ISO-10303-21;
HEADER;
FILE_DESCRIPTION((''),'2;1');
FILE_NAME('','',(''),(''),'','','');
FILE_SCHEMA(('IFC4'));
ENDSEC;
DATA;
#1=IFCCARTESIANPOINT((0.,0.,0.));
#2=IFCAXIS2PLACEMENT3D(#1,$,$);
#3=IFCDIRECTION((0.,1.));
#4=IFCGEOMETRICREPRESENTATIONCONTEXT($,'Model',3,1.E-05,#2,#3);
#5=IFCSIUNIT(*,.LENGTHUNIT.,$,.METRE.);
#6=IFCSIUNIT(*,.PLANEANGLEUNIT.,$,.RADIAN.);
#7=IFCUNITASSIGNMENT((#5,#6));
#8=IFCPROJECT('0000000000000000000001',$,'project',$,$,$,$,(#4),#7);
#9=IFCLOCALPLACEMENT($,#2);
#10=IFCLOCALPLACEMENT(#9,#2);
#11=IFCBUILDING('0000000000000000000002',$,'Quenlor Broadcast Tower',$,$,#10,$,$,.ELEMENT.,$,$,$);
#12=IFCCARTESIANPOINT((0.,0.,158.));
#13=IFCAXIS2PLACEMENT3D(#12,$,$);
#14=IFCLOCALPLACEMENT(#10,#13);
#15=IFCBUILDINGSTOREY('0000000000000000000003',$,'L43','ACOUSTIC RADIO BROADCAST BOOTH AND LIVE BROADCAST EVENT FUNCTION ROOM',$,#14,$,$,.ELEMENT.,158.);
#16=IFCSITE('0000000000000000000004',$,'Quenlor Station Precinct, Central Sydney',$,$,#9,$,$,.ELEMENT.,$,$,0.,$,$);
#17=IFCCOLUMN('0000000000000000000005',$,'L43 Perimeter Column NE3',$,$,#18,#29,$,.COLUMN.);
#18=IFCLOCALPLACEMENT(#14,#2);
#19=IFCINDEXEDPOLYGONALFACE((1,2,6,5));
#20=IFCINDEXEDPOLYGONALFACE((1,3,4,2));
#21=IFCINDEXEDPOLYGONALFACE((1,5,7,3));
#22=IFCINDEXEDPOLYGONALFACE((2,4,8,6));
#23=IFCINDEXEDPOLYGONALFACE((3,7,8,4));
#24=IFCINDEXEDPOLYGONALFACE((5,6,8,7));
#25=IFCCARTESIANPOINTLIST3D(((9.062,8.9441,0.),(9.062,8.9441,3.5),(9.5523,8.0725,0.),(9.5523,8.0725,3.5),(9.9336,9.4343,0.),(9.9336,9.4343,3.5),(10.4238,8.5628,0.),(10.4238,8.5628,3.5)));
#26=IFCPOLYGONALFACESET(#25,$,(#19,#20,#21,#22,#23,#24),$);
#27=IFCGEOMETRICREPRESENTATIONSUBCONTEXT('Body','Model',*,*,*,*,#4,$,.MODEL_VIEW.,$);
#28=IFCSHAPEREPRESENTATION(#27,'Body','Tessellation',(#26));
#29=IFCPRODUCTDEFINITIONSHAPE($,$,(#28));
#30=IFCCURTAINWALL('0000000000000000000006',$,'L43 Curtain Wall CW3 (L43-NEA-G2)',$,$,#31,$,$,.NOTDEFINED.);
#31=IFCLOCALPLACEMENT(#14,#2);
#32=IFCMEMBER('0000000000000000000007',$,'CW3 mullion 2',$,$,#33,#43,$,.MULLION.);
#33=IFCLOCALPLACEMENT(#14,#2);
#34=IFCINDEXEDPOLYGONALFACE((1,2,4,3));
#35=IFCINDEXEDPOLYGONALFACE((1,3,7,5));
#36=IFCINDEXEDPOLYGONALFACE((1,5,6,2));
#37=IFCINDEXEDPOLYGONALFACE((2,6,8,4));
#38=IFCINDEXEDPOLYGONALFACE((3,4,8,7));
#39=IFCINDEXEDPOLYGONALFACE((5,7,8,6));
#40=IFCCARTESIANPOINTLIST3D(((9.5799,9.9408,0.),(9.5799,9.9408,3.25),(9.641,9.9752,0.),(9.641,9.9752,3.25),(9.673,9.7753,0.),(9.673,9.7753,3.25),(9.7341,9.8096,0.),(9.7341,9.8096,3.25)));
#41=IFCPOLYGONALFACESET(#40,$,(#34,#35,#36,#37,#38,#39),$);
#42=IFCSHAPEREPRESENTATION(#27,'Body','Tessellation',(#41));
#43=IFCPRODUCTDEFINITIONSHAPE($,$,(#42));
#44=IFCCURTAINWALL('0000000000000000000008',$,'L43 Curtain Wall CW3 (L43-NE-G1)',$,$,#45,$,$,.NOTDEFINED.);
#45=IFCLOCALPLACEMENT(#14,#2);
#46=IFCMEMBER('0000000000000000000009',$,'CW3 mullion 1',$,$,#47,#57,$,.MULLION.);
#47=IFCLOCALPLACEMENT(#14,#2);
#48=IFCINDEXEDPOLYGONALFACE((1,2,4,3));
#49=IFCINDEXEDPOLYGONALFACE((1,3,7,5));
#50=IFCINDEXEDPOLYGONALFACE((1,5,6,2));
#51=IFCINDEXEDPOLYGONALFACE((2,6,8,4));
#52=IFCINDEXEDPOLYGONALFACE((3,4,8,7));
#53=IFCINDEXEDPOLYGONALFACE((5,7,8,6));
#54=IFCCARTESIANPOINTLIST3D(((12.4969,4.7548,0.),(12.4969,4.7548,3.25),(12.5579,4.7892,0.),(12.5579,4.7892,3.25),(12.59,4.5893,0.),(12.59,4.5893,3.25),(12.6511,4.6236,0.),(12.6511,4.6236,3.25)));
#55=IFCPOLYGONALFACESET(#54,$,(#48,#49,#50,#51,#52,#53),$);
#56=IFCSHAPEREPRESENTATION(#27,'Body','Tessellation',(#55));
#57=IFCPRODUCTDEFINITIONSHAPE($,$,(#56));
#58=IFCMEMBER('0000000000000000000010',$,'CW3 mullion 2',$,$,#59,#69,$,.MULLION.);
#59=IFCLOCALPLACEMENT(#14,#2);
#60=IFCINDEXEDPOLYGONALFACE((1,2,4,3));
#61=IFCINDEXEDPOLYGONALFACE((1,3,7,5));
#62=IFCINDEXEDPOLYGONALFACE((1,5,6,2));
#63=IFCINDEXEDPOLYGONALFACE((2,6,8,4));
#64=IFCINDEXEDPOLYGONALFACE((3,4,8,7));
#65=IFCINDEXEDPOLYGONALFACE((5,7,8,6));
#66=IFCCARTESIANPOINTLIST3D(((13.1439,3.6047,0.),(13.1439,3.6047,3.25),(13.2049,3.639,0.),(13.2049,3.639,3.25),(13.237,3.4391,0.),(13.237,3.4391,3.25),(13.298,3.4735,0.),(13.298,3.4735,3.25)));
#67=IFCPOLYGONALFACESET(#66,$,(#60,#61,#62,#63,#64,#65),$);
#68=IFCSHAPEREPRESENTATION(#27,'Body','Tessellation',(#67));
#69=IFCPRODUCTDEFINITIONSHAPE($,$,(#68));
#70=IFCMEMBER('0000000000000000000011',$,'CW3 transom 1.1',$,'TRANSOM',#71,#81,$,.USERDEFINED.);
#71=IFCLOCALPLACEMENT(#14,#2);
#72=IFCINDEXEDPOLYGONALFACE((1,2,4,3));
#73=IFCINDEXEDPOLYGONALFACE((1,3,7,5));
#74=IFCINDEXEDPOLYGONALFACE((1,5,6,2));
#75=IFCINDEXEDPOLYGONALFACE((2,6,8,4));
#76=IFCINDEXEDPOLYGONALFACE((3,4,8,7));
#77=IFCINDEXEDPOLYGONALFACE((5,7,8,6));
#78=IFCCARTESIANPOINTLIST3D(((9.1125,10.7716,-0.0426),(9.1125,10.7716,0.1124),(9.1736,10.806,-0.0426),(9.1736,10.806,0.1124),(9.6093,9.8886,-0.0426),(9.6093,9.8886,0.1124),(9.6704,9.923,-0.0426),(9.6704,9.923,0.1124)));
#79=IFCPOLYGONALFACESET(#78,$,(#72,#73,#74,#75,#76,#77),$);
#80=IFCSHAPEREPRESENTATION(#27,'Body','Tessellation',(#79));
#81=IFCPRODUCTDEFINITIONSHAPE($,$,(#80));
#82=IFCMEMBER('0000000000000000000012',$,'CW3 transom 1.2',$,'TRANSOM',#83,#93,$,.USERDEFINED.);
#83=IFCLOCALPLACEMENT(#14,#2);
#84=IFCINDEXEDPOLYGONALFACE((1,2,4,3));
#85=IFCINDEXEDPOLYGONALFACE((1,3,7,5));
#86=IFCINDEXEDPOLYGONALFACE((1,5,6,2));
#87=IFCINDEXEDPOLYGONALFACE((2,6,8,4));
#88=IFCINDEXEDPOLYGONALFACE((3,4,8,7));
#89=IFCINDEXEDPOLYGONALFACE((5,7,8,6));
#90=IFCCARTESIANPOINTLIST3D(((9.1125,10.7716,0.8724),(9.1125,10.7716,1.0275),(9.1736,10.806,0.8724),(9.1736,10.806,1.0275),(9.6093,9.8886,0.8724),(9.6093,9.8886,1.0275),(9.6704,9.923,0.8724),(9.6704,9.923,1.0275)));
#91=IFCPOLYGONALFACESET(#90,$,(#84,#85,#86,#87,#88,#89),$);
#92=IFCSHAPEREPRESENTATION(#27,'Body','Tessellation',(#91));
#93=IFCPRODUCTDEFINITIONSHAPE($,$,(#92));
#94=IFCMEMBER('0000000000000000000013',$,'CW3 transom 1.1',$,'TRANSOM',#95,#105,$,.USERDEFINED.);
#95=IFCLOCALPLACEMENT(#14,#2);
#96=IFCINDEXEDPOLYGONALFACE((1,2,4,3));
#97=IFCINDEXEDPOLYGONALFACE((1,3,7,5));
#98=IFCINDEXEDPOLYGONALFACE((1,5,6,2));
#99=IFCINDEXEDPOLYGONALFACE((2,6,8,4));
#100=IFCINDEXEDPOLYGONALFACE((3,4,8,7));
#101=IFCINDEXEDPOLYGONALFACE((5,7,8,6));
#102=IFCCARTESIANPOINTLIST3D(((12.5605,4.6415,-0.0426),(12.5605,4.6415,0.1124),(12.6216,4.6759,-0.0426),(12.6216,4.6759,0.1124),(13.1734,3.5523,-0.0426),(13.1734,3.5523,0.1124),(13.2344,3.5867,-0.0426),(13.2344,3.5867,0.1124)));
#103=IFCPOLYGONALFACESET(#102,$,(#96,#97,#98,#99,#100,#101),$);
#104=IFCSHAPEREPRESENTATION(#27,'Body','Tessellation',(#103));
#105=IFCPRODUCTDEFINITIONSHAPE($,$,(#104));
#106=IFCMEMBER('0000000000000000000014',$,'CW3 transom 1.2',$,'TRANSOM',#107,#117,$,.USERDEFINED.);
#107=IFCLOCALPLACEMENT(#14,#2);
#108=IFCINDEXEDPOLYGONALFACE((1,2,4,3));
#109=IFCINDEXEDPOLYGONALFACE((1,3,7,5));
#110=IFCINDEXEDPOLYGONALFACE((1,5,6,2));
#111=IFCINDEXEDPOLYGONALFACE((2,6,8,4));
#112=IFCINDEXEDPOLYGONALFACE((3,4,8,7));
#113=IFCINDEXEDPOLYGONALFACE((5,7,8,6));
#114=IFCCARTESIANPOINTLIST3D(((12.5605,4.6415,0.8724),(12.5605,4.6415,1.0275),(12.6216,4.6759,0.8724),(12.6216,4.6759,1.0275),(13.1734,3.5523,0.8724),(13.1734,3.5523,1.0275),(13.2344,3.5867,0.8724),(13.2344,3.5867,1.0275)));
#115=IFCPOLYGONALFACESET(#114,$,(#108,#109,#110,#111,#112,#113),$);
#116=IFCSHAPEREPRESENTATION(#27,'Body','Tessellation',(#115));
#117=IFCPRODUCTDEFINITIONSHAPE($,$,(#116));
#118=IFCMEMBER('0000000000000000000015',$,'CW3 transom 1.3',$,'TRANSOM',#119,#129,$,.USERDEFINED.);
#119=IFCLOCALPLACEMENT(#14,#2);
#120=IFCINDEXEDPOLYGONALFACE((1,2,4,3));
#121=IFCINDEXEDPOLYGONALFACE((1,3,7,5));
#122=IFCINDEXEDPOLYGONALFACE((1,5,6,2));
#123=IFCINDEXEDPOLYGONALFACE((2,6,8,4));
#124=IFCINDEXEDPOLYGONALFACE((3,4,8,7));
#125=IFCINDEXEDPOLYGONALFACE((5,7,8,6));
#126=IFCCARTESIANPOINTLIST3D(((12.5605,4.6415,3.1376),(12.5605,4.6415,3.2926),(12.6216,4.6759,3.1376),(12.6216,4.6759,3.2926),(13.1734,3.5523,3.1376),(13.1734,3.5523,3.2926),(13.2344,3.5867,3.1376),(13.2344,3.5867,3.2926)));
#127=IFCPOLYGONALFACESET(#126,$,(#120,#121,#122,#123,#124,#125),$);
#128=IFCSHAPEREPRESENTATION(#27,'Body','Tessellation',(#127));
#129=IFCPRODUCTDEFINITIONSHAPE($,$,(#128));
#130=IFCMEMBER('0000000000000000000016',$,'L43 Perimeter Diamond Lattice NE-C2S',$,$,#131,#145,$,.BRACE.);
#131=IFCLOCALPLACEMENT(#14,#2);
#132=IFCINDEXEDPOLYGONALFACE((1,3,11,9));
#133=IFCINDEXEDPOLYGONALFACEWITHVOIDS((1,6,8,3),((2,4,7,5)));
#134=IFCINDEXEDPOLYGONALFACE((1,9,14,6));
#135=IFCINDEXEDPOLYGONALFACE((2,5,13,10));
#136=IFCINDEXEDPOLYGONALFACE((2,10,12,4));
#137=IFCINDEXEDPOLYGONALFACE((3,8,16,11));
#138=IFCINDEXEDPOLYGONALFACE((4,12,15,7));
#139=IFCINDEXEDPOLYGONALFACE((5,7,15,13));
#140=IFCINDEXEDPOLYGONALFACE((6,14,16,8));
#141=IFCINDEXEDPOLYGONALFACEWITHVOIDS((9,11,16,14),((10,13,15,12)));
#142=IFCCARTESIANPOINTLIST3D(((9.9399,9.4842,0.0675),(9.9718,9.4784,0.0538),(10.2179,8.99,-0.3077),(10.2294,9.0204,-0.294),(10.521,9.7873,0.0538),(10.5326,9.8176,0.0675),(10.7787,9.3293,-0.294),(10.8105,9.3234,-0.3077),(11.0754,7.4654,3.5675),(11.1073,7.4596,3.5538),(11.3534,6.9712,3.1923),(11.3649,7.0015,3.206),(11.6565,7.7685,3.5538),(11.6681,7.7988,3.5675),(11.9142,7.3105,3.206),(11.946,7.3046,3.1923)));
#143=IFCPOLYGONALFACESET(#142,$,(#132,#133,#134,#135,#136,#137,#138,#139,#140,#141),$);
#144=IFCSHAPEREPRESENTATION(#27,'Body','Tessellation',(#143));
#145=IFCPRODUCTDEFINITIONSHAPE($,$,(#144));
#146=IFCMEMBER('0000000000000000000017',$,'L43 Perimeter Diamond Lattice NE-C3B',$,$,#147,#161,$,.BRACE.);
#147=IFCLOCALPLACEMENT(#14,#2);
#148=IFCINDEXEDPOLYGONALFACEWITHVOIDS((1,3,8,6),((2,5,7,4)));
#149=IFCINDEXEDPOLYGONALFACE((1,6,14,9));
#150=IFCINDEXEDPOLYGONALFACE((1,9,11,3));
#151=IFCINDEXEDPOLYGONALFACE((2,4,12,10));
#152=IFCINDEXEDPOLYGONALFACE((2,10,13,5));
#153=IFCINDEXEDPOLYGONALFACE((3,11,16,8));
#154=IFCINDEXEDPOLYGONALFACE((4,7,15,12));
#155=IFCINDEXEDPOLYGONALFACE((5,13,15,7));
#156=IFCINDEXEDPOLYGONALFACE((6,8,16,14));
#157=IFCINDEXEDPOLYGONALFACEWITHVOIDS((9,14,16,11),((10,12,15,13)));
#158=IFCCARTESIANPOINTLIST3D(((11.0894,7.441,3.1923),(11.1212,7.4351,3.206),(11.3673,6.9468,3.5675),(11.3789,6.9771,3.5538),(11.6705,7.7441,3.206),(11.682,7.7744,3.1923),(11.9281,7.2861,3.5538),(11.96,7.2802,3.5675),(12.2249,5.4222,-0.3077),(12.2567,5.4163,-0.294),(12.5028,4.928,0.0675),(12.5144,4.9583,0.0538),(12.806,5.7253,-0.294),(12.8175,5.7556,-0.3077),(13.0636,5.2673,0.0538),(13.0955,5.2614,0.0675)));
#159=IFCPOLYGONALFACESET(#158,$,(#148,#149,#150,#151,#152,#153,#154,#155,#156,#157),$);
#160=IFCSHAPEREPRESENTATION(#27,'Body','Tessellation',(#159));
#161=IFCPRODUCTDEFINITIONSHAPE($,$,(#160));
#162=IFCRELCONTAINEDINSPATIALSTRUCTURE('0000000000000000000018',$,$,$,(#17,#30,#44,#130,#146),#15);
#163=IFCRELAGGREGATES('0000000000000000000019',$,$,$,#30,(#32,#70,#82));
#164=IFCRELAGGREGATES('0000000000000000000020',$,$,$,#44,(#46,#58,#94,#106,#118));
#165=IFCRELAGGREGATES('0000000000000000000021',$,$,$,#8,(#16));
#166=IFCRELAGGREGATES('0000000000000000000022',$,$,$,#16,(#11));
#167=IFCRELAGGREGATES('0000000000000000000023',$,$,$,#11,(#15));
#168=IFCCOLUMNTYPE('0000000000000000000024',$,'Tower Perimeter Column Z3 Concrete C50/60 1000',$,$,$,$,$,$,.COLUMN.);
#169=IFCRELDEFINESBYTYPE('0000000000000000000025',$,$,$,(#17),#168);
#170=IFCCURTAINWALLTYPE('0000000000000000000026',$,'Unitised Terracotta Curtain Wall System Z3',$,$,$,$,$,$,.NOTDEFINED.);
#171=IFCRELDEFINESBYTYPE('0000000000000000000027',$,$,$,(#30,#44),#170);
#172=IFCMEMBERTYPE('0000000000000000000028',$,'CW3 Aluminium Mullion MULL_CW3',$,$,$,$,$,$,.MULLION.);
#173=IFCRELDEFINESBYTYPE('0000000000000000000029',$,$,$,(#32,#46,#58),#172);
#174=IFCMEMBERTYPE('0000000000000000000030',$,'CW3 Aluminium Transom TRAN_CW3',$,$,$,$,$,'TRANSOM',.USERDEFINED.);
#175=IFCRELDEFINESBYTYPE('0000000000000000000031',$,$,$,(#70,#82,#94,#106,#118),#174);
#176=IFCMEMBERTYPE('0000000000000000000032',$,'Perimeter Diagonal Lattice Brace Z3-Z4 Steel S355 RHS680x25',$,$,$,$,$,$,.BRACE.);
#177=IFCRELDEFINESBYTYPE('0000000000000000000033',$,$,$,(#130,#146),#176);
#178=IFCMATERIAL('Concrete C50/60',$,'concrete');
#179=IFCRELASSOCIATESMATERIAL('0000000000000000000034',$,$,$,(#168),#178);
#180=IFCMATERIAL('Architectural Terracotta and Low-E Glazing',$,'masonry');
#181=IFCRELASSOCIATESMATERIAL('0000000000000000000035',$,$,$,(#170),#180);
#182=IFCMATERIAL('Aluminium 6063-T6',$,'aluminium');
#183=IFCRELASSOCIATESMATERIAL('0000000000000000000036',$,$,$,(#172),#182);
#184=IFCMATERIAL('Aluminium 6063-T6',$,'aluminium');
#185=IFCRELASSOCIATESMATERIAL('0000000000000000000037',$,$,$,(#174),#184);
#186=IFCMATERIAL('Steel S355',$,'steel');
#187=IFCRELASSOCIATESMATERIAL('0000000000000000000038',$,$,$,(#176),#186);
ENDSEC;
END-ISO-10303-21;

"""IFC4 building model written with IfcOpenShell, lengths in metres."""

from ifc_helpers import new_model, si_unit, direction, frame, origin, origin_2d, place, context, subcontext, project, spatial, rectangle, hollow_rectangle, extrude, material, material_profile, profile_set, type_object, element, aggregate, save


model = new_model("IFC4")

# Units and contexts
model_context = context("Model", 3, precision=1e-05, world=origin(), true_north=direction((0.0, 1.0)))
body_context = subcontext(model_context, "Body", "Model", "MODEL_VIEW")
ifc_project = project(units=[si_unit("LENGTHUNIT", "METRE"), si_unit("PLANEANGLEUNIT", "RADIAN")], contexts=[model_context])

# Site, building, storey
site_placement = place(None, origin())
site = spatial("IfcSite", under=ifc_project, at=site_placement, Name="Quenlor Station Precinct, Central Sydney", CompositionType="ELEMENT", RefElevation=0.0)
building_placement = place(site_placement, origin())
building = spatial("IfcBuilding", under=site, at=building_placement, Name="Quenlor Broadcast Tower", CompositionType="ELEMENT")
storey_placement = place(building_placement, frame((0.0, 0.0, 158.0)))
storey = spatial("IfcBuildingStorey", under=building, at=storey_placement, Name="L43", Description="ACOUSTIC RADIO BROADCAST BOOTH AND LIVE BROADCAST EVENT FUNCTION ROOM", CompositionType="ELEMENT", Elevation=158.0)

# Column
ifc_material_1 = material(Name="Concrete C50/60", Category="concrete")
ifc_material_profile_1 = material_profile(ifc_material_1, rectangle(XDim=1.0, YDim=1.0, at=origin_2d()))
ifc_profile_set_1 = profile_set([ifc_material_profile_1], Name="Concrete C50/60 RC1000x1000")
column_type = type_object("IfcColumnType", Name="Tower Perimeter Column Z3 Concrete C50/60 1000", PredefinedType="COLUMN", material=ifc_profile_set_1)
column_placement = place(storey_placement, frame((9.7429, 8.7534, 0.0), z_axis=(0.0, 0.0, 1.0), x_axis=(0.871575, 0.490262, 0.0)))
element("IfcColumn", 1, at=column_placement, inside=storey, type_object=column_type, Name="L43 Perimeter Column NE3", PredefinedType="COLUMN", context=body_context, shape_type="SweptSolid", body=[
    extrude(rectangle(XDim=1.0, YDim=1.0, at=origin_2d()), origin(), (0.0, 0.0, 1.0), 3.5),
])

# Curtain wall, member
ifc_material_2 = material(Name="Architectural Terracotta and Low-E Glazing", Category="masonry")
curtain_wall_type = type_object("IfcCurtainWallType", Name="Unitised Terracotta Curtain Wall System Z3", PredefinedType="NOTDEFINED", material=ifc_material_2)
curtain_wall_1_placement = place(storey_placement, origin())
curtain_wall_1 = element("IfcCurtainWall", 2, at=curtain_wall_1_placement, inside=storey, type_object=curtain_wall_type, Name="L43 Curtain Wall CW3 (L43-NEA-G2)", PredefinedType="NOTDEFINED")
ifc_material_3 = material(Name="Aluminium 6063-T6", Category="aluminium")
ifc_material_profile_2 = material_profile(ifc_material_3, rectangle(XDim=0.0701, YDim=0.1899, at=origin_2d()))
ifc_profile_set_2 = profile_set([ifc_material_profile_2], Name="Aluminium 6063-T6 MULL70x190")
member_type_1 = type_object("IfcMemberType", Name="CW3 Aluminium Mullion MULL_CW3", PredefinedType="MULLION", material=ifc_profile_set_2)
member_1_placement = place(storey_placement, frame((9.657, 9.8752, 0.0), z_axis=(0.0, 0.0, 1.0), x_axis=(0.871601, 0.490216, 0.0)))
member_1 = element("IfcMember", 3, at=member_1_placement, type_object=member_type_1, Name="CW3 mullion 2", PredefinedType="MULLION", context=body_context, shape_type="SweptSolid", body=[
    extrude(rectangle(XDim=0.0701, YDim=0.1899, at=origin_2d()), origin(), (0.0, 0.0, 1.0), 3.25),
])

# Curtain wall, members
curtain_wall_2_placement = place(storey_placement, origin())
curtain_wall_2 = element("IfcCurtainWall", 4, at=curtain_wall_2_placement, inside=storey, type_object=curtain_wall_type, Name="L43 Curtain Wall CW3 (L43-NE-G1)", PredefinedType="NOTDEFINED")
member_2_placement = place(storey_placement, frame((12.574, 4.6892, 0.0), z_axis=(0.0, 0.0, 1.0), x_axis=(0.871562, 0.490285, 0.0)))
member_2 = element("IfcMember", 5, at=member_2_placement, type_object=member_type_1, Name="CW3 mullion 1", PredefinedType="MULLION", context=body_context, shape_type="SweptSolid", body=[
    extrude(rectangle(XDim=0.0701, YDim=0.1899, at=origin_2d()), origin(), (0.0, 0.0, 1.0), 3.25),
])
member_3_placement = place(storey_placement, frame((13.2209, 3.5391, 0.0), z_axis=(0.0, 0.0, 1.0), x_axis=(0.871562, 0.490285, 0.0)))
member_3 = element("IfcMember", 6, at=member_3_placement, type_object=member_type_1, Name="CW3 mullion 2", PredefinedType="MULLION", context=body_context, shape_type="SweptSolid", body=[
    extrude(rectangle(XDim=0.0701, YDim=0.1899, at=origin_2d()), origin(), (0.0, 0.0, 1.0), 3.25),
])

# Members
ifc_material_4 = material(Name="Aluminium 6063-T6", Category="aluminium")
ifc_material_profile_3 = material_profile(ifc_material_4, rectangle(XDim=0.0701, YDim=0.155, at=origin_2d()))
ifc_profile_set_3 = profile_set([ifc_material_profile_3], Name="Aluminium 6063-T6 TRAN70x155")
member_type_2 = type_object("IfcMemberType", Name="CW3 Aluminium Transom TRAN_CW3", ElementType="TRANSOM", PredefinedType="USERDEFINED", material=ifc_profile_set_3)
member_4_placement = place(storey_placement, frame((9.1431, 10.7888, 0.0349), z_axis=(0.490341, -0.87153, 0.0), x_axis=(0.87153, 0.490341, 0.0)))
member_4 = element("IfcMember", 7, at=member_4_placement, type_object=member_type_2, Name="CW3 transom 1.1", ObjectType="TRANSOM", PredefinedType="USERDEFINED", context=body_context, shape_type="SweptSolid", body=[
    extrude(rectangle(XDim=0.0701, YDim=0.155, at=origin_2d()), origin(), (0.0, 0.0, 1.0), 1.0132),
])
member_5_placement = place(storey_placement, frame((9.1431, 10.7888, 0.95), z_axis=(0.490341, -0.87153, 0.0), x_axis=(0.87153, 0.490341, 0.0)))
member_5 = element("IfcMember", 8, at=member_5_placement, type_object=member_type_2, Name="CW3 transom 1.2", ObjectType="TRANSOM", PredefinedType="USERDEFINED", context=body_context, shape_type="SweptSolid", body=[
    extrude(rectangle(XDim=0.0701, YDim=0.155, at=origin_2d()), origin(), (0.0, 0.0, 1.0), 1.0132),
])
member_6_placement = place(storey_placement, frame((12.5911, 4.6587, 0.0349), z_axis=(0.490363, -0.871518, 0.0), x_axis=(0.871518, 0.490363, 0.0)))
member_6 = element("IfcMember", 9, at=member_6_placement, type_object=member_type_2, Name="CW3 transom 1.1", ObjectType="TRANSOM", PredefinedType="USERDEFINED", context=body_context, shape_type="SweptSolid", body=[
    extrude(rectangle(XDim=0.0701, YDim=0.155, at=origin_2d()), origin(), (0.0, 0.0, 1.0), 1.2498),
])
member_7_placement = place(storey_placement, frame((12.5911, 4.6587, 0.95), z_axis=(0.490363, -0.871518, 0.0), x_axis=(0.871518, 0.490363, 0.0)))
member_7 = element("IfcMember", 10, at=member_7_placement, type_object=member_type_2, Name="CW3 transom 1.2", ObjectType="TRANSOM", PredefinedType="USERDEFINED", context=body_context, shape_type="SweptSolid", body=[
    extrude(rectangle(XDim=0.0701, YDim=0.155, at=origin_2d()), origin(), (0.0, 0.0, 1.0), 1.2498),
])
member_8_placement = place(storey_placement, frame((12.5911, 4.6587, 3.2151), z_axis=(0.490363, -0.871518, 0.0), x_axis=(0.871518, 0.490363, 0.0)))
member_8 = element("IfcMember", 11, at=member_8_placement, type_object=member_type_2, Name="CW3 transom 1.3", ObjectType="TRANSOM", PredefinedType="USERDEFINED", context=body_context, shape_type="SweptSolid", body=[
    extrude(rectangle(XDim=0.0701, YDim=0.155, at=origin_2d()), origin(), (0.0, 0.0, 1.0), 1.2498),
])

# Members
ifc_material_5 = material(Name="Steel S355", Category="steel")
ifc_material_profile_4 = material_profile(ifc_material_5, hollow_rectangle(XDim=0.6799, YDim=0.6799, WallThickness=0.0249, at=origin_2d()))
ifc_profile_set_4 = profile_set([ifc_material_profile_4], Name="Steel S355 RHS680x680x25")
member_type_3 = type_object("IfcMemberType", Name="Perimeter Diagonal Lattice Brace Z3-Z4 Steel S355 RHS680x25", PredefinedType="BRACE", material=ifc_profile_set_4)
for number, where, z_axis, x_axis, name in (
    (12, (10.3752, 9.4038, -0.1201), (0.270549, -0.481009, 0.833927), (0.87159, 0.490236, 0.0), "L43 Perimeter Diamond Lattice NE-C2S"),
    (13, (12.6602, 5.3418, -0.1201), (-0.270549, 0.481009, 0.833927), (-0.87159, -0.490236, 0.0), "L43 Perimeter Diamond Lattice NE-C3B"),
):
    element("IfcMember", number, at=place(storey_placement, frame(where, z_axis=z_axis, x_axis=x_axis)), inside=storey, type_object=member_type_3, Name=name, PredefinedType="BRACE", context=body_context, shape_type="SweptSolid", body=[
        extrude(hollow_rectangle(XDim=0.6799, YDim=0.6799, WallThickness=0.0249, at=origin_2d()), origin(), (0.0, 0.0, 1.0), 4.197),
    ])

aggregate(curtain_wall_1, [member_1, member_4, member_5])
aggregate(curtain_wall_2, [member_2, member_3, member_6, member_7, member_8])

save(model, "model.ifc")
